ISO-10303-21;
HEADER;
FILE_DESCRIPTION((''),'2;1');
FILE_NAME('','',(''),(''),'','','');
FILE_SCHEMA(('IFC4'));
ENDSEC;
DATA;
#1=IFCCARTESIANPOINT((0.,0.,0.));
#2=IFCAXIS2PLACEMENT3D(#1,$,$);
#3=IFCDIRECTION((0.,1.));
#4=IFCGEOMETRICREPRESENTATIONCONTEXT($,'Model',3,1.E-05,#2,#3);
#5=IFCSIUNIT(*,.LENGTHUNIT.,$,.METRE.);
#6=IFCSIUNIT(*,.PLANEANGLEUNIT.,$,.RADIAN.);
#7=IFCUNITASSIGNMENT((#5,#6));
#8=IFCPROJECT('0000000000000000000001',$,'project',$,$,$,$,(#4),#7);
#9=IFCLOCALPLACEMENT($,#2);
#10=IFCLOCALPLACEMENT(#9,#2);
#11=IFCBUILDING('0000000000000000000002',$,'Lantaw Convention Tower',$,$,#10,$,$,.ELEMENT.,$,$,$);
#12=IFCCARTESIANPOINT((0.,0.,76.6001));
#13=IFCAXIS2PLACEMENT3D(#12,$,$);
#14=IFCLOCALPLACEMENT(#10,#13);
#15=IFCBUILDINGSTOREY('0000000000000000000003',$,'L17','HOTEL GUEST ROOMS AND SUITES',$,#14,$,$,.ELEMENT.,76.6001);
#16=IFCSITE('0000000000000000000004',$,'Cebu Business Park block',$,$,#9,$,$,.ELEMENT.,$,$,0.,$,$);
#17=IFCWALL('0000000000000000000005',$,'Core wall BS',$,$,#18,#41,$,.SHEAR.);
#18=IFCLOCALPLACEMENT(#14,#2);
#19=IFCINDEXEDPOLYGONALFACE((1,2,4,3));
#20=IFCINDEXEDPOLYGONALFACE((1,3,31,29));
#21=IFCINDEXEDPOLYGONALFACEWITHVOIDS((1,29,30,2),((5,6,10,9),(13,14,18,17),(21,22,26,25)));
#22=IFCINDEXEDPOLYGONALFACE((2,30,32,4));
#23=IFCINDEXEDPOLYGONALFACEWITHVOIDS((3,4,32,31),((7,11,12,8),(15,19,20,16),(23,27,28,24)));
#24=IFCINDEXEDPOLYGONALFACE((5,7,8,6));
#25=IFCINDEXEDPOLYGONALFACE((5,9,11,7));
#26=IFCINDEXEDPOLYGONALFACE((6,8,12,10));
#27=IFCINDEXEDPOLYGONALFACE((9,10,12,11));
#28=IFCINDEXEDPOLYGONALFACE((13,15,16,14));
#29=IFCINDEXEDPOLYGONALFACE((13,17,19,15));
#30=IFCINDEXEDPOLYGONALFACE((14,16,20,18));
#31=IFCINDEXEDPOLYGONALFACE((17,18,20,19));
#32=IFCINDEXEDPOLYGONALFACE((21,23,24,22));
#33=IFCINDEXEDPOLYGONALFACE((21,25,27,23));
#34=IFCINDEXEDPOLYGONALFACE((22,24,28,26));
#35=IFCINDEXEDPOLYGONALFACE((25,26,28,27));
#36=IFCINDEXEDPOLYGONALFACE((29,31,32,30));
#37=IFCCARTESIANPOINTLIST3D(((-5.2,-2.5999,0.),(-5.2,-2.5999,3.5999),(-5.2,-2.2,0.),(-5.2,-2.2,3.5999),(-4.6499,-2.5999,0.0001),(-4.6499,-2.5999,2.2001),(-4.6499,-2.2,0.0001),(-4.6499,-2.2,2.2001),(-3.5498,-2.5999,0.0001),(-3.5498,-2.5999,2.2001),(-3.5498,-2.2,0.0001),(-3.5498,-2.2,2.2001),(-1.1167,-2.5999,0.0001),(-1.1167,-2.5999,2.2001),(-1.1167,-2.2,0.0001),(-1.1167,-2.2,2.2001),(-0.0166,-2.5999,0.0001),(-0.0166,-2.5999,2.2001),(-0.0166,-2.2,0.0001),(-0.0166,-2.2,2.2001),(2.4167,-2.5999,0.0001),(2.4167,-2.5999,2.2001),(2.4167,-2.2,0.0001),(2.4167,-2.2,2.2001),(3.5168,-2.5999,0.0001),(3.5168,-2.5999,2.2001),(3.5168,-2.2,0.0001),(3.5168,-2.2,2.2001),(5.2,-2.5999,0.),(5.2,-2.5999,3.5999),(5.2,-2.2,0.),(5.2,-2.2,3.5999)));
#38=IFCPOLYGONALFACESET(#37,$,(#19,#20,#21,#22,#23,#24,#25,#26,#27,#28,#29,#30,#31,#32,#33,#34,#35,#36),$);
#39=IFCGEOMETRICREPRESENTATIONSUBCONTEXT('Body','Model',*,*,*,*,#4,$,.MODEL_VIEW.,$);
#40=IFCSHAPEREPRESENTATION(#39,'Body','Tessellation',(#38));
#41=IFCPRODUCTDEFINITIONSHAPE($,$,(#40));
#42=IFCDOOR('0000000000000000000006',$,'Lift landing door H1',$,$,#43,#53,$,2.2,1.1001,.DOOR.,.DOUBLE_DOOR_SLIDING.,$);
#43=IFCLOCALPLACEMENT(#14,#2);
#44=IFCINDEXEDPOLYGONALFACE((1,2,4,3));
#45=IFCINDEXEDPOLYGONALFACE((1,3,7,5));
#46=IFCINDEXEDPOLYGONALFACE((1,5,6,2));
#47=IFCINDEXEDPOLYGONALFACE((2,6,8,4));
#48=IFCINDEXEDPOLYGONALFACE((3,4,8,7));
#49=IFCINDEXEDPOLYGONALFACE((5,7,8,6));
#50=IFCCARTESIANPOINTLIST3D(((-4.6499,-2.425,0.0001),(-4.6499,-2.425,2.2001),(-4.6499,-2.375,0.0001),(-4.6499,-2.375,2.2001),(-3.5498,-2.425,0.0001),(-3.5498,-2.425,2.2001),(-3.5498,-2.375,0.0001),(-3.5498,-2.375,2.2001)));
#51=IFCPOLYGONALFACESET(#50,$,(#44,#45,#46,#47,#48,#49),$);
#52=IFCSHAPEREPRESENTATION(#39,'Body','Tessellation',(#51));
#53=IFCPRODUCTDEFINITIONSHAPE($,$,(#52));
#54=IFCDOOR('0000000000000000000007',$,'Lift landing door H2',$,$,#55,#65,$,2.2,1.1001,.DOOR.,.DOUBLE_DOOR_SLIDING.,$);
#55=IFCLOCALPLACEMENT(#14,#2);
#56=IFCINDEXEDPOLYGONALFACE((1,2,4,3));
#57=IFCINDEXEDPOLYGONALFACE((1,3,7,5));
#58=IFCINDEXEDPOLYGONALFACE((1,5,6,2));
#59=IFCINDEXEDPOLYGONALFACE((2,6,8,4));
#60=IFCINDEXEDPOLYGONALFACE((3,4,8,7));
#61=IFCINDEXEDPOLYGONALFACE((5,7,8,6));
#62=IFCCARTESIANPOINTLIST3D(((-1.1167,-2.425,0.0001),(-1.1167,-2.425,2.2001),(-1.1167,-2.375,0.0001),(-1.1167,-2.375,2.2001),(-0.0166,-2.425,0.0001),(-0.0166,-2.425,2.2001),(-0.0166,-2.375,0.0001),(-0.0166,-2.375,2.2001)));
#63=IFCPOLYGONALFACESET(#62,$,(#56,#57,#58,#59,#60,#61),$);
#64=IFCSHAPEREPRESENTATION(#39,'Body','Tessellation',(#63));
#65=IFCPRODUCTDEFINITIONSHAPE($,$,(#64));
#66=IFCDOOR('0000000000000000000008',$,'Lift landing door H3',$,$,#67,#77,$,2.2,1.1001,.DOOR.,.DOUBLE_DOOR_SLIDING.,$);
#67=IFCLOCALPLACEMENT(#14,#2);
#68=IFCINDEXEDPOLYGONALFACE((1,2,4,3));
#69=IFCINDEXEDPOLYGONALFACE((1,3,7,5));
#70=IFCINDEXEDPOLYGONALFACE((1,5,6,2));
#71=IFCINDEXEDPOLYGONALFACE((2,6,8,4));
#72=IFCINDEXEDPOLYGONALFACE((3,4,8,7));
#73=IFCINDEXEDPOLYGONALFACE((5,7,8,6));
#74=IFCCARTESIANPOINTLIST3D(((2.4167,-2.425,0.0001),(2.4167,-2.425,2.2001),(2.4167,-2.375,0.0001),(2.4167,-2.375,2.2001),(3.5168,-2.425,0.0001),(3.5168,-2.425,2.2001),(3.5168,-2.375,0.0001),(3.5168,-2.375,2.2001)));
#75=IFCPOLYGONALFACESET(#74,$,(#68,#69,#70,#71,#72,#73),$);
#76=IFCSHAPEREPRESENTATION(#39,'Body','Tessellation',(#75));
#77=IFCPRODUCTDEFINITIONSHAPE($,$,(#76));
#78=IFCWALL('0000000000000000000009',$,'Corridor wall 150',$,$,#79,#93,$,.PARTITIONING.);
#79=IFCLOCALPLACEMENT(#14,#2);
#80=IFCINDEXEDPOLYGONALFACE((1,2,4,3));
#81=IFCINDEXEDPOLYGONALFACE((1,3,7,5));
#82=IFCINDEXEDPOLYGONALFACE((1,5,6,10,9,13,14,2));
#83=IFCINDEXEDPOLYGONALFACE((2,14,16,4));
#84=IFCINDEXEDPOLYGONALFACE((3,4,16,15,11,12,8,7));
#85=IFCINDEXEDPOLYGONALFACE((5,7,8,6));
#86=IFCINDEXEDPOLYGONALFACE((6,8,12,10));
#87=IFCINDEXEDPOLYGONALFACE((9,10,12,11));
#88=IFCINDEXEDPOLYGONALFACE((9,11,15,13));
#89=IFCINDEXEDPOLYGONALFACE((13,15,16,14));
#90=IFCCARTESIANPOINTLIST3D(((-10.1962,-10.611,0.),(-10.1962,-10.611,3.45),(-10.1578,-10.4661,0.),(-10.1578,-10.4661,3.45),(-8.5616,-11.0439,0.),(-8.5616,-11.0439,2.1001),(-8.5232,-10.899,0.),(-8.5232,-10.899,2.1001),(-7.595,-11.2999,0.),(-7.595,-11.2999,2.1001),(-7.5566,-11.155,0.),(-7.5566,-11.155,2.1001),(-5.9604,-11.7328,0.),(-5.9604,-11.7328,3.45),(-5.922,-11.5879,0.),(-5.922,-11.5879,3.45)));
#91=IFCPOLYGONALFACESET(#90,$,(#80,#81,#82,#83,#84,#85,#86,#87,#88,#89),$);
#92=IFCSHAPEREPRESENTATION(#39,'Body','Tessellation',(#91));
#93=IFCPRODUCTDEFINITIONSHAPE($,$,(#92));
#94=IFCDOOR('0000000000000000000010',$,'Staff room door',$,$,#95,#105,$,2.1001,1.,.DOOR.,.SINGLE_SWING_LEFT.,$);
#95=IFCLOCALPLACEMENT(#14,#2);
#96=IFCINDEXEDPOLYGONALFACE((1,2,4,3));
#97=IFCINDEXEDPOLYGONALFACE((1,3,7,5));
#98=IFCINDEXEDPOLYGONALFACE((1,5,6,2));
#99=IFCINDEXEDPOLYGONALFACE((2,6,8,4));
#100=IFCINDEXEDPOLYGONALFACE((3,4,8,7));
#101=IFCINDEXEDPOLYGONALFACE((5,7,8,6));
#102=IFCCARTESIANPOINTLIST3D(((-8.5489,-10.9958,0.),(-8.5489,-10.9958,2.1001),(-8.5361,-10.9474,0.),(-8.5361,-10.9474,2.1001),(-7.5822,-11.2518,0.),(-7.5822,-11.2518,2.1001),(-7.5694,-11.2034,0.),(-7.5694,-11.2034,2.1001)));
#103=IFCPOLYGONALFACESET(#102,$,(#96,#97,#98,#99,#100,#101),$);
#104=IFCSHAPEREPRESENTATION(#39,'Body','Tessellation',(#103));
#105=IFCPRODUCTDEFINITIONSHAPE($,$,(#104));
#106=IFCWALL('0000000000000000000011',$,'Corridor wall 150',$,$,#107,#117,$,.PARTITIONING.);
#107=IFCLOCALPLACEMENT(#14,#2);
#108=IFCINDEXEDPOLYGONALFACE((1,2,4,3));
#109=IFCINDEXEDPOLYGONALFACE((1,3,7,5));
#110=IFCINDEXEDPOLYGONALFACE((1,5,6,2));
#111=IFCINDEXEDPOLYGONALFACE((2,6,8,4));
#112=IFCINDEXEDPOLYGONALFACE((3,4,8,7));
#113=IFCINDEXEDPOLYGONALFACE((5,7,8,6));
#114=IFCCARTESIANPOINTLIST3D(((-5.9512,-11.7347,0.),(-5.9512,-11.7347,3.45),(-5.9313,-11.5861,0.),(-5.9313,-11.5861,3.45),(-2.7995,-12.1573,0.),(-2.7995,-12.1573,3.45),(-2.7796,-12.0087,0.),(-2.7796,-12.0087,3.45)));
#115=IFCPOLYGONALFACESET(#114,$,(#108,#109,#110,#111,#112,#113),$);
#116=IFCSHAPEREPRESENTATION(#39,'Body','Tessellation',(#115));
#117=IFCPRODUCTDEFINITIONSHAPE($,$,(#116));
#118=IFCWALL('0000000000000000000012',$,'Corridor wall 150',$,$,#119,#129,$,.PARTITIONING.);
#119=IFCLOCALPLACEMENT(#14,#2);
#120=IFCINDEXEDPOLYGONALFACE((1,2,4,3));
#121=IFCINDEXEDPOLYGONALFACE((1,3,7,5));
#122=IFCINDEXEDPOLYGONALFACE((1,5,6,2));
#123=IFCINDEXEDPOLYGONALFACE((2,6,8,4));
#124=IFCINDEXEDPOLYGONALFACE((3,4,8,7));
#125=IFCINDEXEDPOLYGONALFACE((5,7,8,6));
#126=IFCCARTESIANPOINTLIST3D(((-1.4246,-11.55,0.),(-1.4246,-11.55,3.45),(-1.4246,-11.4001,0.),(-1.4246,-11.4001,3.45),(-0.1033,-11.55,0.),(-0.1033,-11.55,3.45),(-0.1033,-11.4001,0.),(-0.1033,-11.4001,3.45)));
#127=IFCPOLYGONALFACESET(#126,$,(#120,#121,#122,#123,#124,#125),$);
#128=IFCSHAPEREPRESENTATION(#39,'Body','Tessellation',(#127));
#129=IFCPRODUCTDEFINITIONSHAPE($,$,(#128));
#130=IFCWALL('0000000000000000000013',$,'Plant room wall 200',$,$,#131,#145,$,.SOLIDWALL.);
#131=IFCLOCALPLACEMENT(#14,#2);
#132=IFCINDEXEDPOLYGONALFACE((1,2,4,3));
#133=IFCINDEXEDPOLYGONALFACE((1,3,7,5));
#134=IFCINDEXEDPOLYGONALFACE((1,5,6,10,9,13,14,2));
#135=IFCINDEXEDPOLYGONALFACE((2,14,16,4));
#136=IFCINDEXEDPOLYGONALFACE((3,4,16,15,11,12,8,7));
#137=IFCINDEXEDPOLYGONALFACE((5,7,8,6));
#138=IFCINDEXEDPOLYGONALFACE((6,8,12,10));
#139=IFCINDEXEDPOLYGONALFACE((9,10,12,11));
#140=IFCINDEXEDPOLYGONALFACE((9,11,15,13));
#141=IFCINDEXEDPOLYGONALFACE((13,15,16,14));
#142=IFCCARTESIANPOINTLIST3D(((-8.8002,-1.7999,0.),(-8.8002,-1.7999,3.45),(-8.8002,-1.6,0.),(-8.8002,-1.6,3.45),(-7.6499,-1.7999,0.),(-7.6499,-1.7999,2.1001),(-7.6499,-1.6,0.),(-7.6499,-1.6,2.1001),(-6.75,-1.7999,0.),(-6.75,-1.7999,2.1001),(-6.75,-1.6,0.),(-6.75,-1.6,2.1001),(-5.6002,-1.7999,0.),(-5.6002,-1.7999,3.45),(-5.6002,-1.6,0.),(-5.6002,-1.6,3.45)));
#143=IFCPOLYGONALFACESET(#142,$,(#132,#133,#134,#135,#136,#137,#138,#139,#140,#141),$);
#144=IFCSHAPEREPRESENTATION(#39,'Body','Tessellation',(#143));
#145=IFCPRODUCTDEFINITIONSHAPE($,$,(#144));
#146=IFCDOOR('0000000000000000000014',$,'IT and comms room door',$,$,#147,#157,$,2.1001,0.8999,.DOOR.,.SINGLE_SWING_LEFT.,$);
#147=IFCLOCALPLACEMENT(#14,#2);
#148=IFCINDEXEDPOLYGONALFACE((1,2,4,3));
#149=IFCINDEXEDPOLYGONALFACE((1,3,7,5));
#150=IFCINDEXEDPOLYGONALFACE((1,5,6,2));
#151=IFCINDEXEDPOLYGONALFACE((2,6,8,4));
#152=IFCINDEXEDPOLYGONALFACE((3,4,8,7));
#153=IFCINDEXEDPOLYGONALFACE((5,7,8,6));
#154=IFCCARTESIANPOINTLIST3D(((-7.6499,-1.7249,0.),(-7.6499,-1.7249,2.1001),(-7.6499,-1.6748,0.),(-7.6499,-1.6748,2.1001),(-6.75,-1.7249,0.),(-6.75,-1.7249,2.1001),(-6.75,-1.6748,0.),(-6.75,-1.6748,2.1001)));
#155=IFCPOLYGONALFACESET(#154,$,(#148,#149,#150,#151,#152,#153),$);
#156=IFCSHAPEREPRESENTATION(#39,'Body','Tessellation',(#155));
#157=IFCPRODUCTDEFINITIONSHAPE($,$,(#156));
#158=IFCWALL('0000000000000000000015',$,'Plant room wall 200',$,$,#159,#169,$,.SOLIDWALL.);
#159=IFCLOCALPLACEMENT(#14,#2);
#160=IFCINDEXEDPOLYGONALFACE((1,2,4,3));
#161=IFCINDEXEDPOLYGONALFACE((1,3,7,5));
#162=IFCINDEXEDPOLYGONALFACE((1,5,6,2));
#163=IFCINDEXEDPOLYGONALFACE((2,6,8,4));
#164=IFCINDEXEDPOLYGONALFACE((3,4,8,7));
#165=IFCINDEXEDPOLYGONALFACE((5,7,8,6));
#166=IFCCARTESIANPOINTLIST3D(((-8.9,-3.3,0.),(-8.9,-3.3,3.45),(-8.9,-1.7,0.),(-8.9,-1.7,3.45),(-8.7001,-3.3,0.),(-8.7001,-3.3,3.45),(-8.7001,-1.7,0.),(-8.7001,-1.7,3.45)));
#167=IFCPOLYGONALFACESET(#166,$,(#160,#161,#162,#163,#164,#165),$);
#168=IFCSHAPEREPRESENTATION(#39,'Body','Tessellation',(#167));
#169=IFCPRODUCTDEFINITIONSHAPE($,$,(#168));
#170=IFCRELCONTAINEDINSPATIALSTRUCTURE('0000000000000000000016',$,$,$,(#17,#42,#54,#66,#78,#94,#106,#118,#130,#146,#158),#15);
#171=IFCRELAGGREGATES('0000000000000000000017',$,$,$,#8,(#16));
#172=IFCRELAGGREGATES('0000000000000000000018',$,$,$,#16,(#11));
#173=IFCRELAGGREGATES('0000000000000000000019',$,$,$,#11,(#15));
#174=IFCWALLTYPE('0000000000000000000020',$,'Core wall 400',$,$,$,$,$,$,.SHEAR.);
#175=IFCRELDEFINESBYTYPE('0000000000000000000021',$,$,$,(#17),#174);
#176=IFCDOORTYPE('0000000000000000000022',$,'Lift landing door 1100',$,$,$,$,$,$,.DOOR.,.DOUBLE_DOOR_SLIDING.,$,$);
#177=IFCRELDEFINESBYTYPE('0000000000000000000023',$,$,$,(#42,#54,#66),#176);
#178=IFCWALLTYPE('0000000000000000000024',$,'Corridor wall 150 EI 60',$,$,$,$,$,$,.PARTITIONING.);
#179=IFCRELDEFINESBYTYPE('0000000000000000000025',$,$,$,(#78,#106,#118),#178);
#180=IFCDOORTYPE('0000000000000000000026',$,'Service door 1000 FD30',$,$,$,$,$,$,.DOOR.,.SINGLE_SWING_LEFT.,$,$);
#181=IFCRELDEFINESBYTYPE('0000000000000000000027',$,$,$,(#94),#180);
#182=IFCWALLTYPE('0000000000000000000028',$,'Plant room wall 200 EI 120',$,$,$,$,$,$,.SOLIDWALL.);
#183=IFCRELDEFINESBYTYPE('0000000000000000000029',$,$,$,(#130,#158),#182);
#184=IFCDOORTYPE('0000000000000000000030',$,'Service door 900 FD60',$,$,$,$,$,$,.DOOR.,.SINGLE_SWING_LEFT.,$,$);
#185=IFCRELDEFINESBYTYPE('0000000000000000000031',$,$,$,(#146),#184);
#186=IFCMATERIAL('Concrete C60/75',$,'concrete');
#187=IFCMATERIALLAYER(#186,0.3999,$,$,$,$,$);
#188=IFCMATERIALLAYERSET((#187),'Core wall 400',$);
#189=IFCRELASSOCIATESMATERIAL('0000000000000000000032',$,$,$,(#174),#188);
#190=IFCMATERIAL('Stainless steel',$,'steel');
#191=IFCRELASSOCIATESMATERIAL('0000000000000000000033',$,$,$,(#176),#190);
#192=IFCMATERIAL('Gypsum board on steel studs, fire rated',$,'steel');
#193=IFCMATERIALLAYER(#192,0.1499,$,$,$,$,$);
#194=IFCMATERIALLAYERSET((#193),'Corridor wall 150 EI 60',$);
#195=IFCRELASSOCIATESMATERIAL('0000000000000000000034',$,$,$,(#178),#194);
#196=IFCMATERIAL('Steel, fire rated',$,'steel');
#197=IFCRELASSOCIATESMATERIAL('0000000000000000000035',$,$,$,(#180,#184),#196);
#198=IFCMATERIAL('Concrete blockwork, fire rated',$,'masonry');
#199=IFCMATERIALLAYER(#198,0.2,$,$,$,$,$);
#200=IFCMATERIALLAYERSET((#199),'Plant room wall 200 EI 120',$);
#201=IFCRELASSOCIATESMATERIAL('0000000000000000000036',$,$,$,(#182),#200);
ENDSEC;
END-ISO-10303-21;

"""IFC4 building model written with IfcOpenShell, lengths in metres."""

from ifc_helpers import new_model, si_unit, direction, frame, frame_2d, origin, place, context, subcontext, project, spatial, rectangle, extrude, material, layer, layer_set, type_object, element, fill, save


model = new_model("IFC4")

# Units and contexts
model_context = context("Model", 3, precision=1e-05, world=origin(), true_north=direction((0.0, 1.0)))
body_context = subcontext(model_context, "Body", "Model", "MODEL_VIEW")
ifc_project = project(units=[si_unit("LENGTHUNIT", "METRE"), si_unit("PLANEANGLEUNIT", "RADIAN")], contexts=[model_context])

# Site, building, storey
site_placement = place(None, origin())
site = spatial("IfcSite", under=ifc_project, at=site_placement, Name="Cebu Business Park block", CompositionType="ELEMENT", RefElevation=0.0)
building_placement = place(site_placement, origin())
building = spatial("IfcBuilding", under=site, at=building_placement, Name="Lantaw Convention Tower", CompositionType="ELEMENT")
storey_placement = place(building_placement, frame((0.0, 0.0, 76.6001)))
storey = spatial("IfcBuildingStorey", under=building, at=storey_placement, Name="L17", Description="HOTEL GUEST ROOMS AND SUITES", CompositionType="ELEMENT", Elevation=76.6001)

# Shared definitions
ifc_material_1 = material(Name="Concrete C60/75", Category="concrete")
ifc_material_2 = material(Name="Steel, fire rated", Category="steel")

# Wall, openings, doors
ifc_layer_1 = layer(ifc_material_1, 0.3999)
ifc_layer_set_1 = layer_set([ifc_layer_1], Name="Core wall 400")
wall_type_1 = type_object("IfcWallType", Name="Core wall 400", PredefinedType="SHEAR", material=ifc_layer_set_1)
wall_1_placement = place(storey_placement, frame((-5.2, -2.3999, 0.0), z_axis=(0.0, 0.0, 1.0), x_axis=(1.0, 0.0, 0.0)))
wall_1 = element("IfcWall", 1, at=wall_1_placement, inside=storey, type_object=wall_type_1, Name="Core wall BS", PredefinedType="SHEAR", context=body_context, shape_type="SweptSolid", body=[
    extrude(rectangle(XDim=10.3999, YDim=0.3999, at=frame_2d((5.2, 0.0))), origin(), (0.0, 0.0, 1.0), 3.5999),
])
opening_1_placement = place(wall_1_placement, frame((0.55, 0.0, 0.0)))
opening_1 = element("IfcOpeningElement", 2, at=opening_1_placement, cuts=wall_1, PredefinedType="OPENING", context=body_context, shape_type="SweptSolid", body=[
    extrude(rectangle(XDim=1.1001, YDim=2.2, at=frame_2d((0.55, 1.1001))), frame((0.0, 0.21, 0.0), z_axis=(0.0, -1.0, 0.0), x_axis=(1.0, 0.0, 0.0)), (0.0, 0.0, 1.0), 0.4199),
])
opening_2_placement = place(wall_1_placement, frame((4.0833, 0.0, 0.0)))
opening_2 = element("IfcOpeningElement", 3, at=opening_2_placement, cuts=wall_1, PredefinedType="OPENING", context=body_context, shape_type="SweptSolid", body=[
    extrude(rectangle(XDim=1.1001, YDim=2.2, at=frame_2d((0.55, 1.1001))), frame((0.0, 0.21, 0.0), z_axis=(0.0, -1.0, 0.0), x_axis=(1.0, 0.0, 0.0)), (0.0, 0.0, 1.0), 0.4199),
])
opening_3_placement = place(wall_1_placement, frame((7.6167, 0.0, 0.0)))
opening_3 = element("IfcOpeningElement", 4, at=opening_3_placement, cuts=wall_1, PredefinedType="OPENING", context=body_context, shape_type="SweptSolid", body=[
    extrude(rectangle(XDim=1.1001, YDim=2.2, at=frame_2d((0.55, 1.1001))), frame((0.0, 0.21, 0.0), z_axis=(0.0, -1.0, 0.0), x_axis=(1.0, 0.0, 0.0)), (0.0, 0.0, 1.0), 0.4199),
])
ifc_material_3 = material(Name="Stainless steel", Category="steel")
door_type_1 = type_object("IfcDoorType", Name="Lift landing door 1100", OperationType="DOUBLE_DOOR_SLIDING", PredefinedType="DOOR", material=ifc_material_3)
door_1_placement = place(opening_1_placement, origin())
door_1 = element("IfcDoor", 5, at=door_1_placement, inside=storey, type_object=door_type_1, Name="Lift landing door H1", OperationType="DOUBLE_DOOR_SLIDING", OverallHeight=2.2, OverallWidth=1.1001, PredefinedType="DOOR", context=body_context, shape_type="SweptSolid", body=[
    extrude(rectangle(XDim=1.1001, YDim=2.2, at=frame_2d((0.55, 1.1001))), frame((0.0, 0.0249, 0.0), z_axis=(0.0, -1.0, 0.0), x_axis=(1.0, 0.0, 0.0)), (0.0, 0.0, 1.0), 0.05),
])
fill(opening_1, door_1)
door_2_placement = place(opening_2_placement, origin())
door_2 = element("IfcDoor", 6, at=door_2_placement, inside=storey, type_object=door_type_1, Name="Lift landing door H2", OperationType="DOUBLE_DOOR_SLIDING", OverallHeight=2.2, OverallWidth=1.1001, PredefinedType="DOOR", context=body_context, shape_type="SweptSolid", body=[
    extrude(rectangle(XDim=1.1001, YDim=2.2, at=frame_2d((0.55, 1.1001))), frame((0.0, 0.0249, 0.0), z_axis=(0.0, -1.0, 0.0), x_axis=(1.0, 0.0, 0.0)), (0.0, 0.0, 1.0), 0.05),
])
fill(opening_2, door_2)
door_3_placement = place(opening_3_placement, origin())
door_3 = element("IfcDoor", 7, at=door_3_placement, inside=storey, type_object=door_type_1, Name="Lift landing door H3", OperationType="DOUBLE_DOOR_SLIDING", OverallHeight=2.2, OverallWidth=1.1001, PredefinedType="DOOR", context=body_context, shape_type="SweptSolid", body=[
    extrude(rectangle(XDim=1.1001, YDim=2.2, at=frame_2d((0.55, 1.1001))), frame((0.0, 0.0249, 0.0), z_axis=(0.0, -1.0, 0.0), x_axis=(1.0, 0.0, 0.0)), (0.0, 0.0, 1.0), 0.05),
])
fill(opening_3, door_3)

# Wall, opening, door
ifc_material_4 = material(Name="Gypsum board on steel studs, fire rated", Category="steel")
ifc_layer_2 = layer(ifc_material_4, 0.1499)
ifc_layer_set_2 = layer_set([ifc_layer_2], Name="Corridor wall 150 EI 60")
wall_type_2 = type_object("IfcWallType", Name="Corridor wall 150 EI 60", PredefinedType="PARTITIONING", material=ifc_layer_set_2)
wall_2_placement = place(storey_placement, frame((-10.177, -10.5386, 0.0), z_axis=(0.0, 0.0, 1.0), x_axis=(0.966673, -0.256015, 0.0)))
wall_2 = element("IfcWall", 8, at=wall_2_placement, inside=storey, type_object=wall_type_2, Name="Corridor wall 150", PredefinedType="PARTITIONING", context=body_context, shape_type="SweptSolid", body=[
    extrude(rectangle(XDim=4.3818, YDim=0.1499, at=frame_2d((2.1909, 0.0))), origin(), (0.0, 0.0, 1.0), 3.45),
])
opening_4_placement = place(wall_2_placement, frame((1.6909, 0.0, 0.0)))
opening_4 = element("IfcOpeningElement", 9, at=opening_4_placement, cuts=wall_2, PredefinedType="OPENING", context=body_context, shape_type="SweptSolid", body=[
    extrude(rectangle(XDim=1.0, YDim=2.1001, at=frame_2d((0.5, 1.05))), frame((0.0, 0.085, 0.0), z_axis=(0.0, -1.0, 0.0), x_axis=(1.0, 0.0, 0.0)), (0.0, 0.0, 1.0), 0.1699),
])
door_type_2 = type_object("IfcDoorType", Name="Service door 1000 FD30", OperationType="SINGLE_SWING_LEFT", PredefinedType="DOOR", material=ifc_material_2)
door_4_placement = place(opening_4_placement, origin())
door_4 = element("IfcDoor", 10, at=door_4_placement, inside=storey, type_object=door_type_2, Name="Staff room door", OperationType="SINGLE_SWING_LEFT", OverallHeight=2.1001, OverallWidth=1.0, PredefinedType="DOOR", context=body_context, shape_type="SweptSolid", body=[
    extrude(rectangle(XDim=1.0, YDim=2.1001, at=frame_2d((0.5, 1.05))), frame((0.0, 0.0249, 0.0), z_axis=(0.0, -1.0, 0.0), x_axis=(1.0, 0.0, 0.0)), (0.0, 0.0, 1.0), 0.05),
])
fill(opening_4, door_4)

# Walls
wall_3_placement = place(storey_placement, frame((-5.9412, -11.6604, 0.0), z_axis=(0.0, 0.0, 1.0), x_axis=(0.991129, -0.132903, 0.0)))
element("IfcWall", 11, at=wall_3_placement, inside=storey, type_object=wall_type_2, Name="Corridor wall 150", PredefinedType="PARTITIONING", context=body_context, shape_type="SweptSolid", body=[
    extrude(rectangle(XDim=3.1799, YDim=0.1499, at=frame_2d((1.5898, 0.0))), origin(), (0.0, 0.0, 1.0), 3.45),
])
wall_4_placement = place(storey_placement, frame((-1.4246, -11.4751, 0.0), z_axis=(0.0, 0.0, 1.0), x_axis=(1.0, 0.0, 0.0)))
element("IfcWall", 12, at=wall_4_placement, inside=storey, type_object=wall_type_2, Name="Corridor wall 150", PredefinedType="PARTITIONING", context=body_context, shape_type="SweptSolid", body=[
    extrude(rectangle(XDim=1.3213, YDim=0.1499, at=frame_2d((0.6606, 0.0))), origin(), (0.0, 0.0, 1.0), 3.45),
])

# Wall, opening, door
ifc_material_5 = material(Name="Concrete blockwork, fire rated", Category="masonry")
ifc_layer_3 = layer(ifc_material_5, 0.2)
ifc_layer_set_3 = layer_set([ifc_layer_3], Name="Plant room wall 200 EI 120")
wall_type_3 = type_object("IfcWallType", Name="Plant room wall 200 EI 120", PredefinedType="SOLIDWALL", material=ifc_layer_set_3)
wall_5_placement = place(storey_placement, frame((-5.6001, -1.7, 0.0), z_axis=(0.0, 0.0, 1.0), x_axis=(-1.0, 0.0, 0.0)))
wall_5 = element("IfcWall", 13, at=wall_5_placement, inside=storey, type_object=wall_type_3, Name="Plant room wall 200", PredefinedType="SOLIDWALL", context=body_context, shape_type="SweptSolid", body=[
    extrude(rectangle(XDim=3.2, YDim=0.2, at=frame_2d((1.6001, 0.0))), origin(), (0.0, 0.0, 1.0), 3.45),
])
opening_5_placement = place(wall_5_placement, frame((1.1499, 0.0, 0.0)))
opening_5 = element("IfcOpeningElement", 14, at=opening_5_placement, cuts=wall_5, PredefinedType="OPENING", context=body_context, shape_type="SweptSolid", body=[
    extrude(rectangle(XDim=0.8999, YDim=2.1001, at=frame_2d((0.45, 1.05))), frame((0.0, 0.1099, 0.0), z_axis=(0.0, -1.0, 0.0), x_axis=(1.0, 0.0, 0.0)), (0.0, 0.0, 1.0), 0.22),
])
door_type_3 = type_object("IfcDoorType", Name="Service door 900 FD60", OperationType="SINGLE_SWING_LEFT", PredefinedType="DOOR", material=ifc_material_2)
door_5_placement = place(opening_5_placement, origin())
door_5 = element("IfcDoor", 15, at=door_5_placement, inside=storey, type_object=door_type_3, Name="IT and comms room door", OperationType="SINGLE_SWING_LEFT", OverallHeight=2.1001, OverallWidth=0.8999, PredefinedType="DOOR", context=body_context, shape_type="SweptSolid", body=[
    extrude(rectangle(XDim=0.8999, YDim=2.1001, at=frame_2d((0.45, 1.05))), frame((0.0, 0.0249, 0.0), z_axis=(0.0, -1.0, 0.0), x_axis=(1.0, 0.0, 0.0)), (0.0, 0.0, 1.0), 0.05),
])
fill(opening_5, door_5)

# Wall
wall_6_placement = place(storey_placement, frame((-8.8, -1.7, 0.0), z_axis=(0.0, 0.0, 1.0), x_axis=(0.0, -1.0, 0.0)))
element("IfcWall", 16, at=wall_6_placement, inside=storey, type_object=wall_type_3, Name="Plant room wall 200", PredefinedType="SOLIDWALL", context=body_context, shape_type="SweptSolid", body=[
    extrude(rectangle(XDim=1.6001, YDim=0.2, at=frame_2d((0.8, 0.0))), origin(), (0.0, 0.0, 1.0), 3.45),
])

save(model, "model.ifc")
